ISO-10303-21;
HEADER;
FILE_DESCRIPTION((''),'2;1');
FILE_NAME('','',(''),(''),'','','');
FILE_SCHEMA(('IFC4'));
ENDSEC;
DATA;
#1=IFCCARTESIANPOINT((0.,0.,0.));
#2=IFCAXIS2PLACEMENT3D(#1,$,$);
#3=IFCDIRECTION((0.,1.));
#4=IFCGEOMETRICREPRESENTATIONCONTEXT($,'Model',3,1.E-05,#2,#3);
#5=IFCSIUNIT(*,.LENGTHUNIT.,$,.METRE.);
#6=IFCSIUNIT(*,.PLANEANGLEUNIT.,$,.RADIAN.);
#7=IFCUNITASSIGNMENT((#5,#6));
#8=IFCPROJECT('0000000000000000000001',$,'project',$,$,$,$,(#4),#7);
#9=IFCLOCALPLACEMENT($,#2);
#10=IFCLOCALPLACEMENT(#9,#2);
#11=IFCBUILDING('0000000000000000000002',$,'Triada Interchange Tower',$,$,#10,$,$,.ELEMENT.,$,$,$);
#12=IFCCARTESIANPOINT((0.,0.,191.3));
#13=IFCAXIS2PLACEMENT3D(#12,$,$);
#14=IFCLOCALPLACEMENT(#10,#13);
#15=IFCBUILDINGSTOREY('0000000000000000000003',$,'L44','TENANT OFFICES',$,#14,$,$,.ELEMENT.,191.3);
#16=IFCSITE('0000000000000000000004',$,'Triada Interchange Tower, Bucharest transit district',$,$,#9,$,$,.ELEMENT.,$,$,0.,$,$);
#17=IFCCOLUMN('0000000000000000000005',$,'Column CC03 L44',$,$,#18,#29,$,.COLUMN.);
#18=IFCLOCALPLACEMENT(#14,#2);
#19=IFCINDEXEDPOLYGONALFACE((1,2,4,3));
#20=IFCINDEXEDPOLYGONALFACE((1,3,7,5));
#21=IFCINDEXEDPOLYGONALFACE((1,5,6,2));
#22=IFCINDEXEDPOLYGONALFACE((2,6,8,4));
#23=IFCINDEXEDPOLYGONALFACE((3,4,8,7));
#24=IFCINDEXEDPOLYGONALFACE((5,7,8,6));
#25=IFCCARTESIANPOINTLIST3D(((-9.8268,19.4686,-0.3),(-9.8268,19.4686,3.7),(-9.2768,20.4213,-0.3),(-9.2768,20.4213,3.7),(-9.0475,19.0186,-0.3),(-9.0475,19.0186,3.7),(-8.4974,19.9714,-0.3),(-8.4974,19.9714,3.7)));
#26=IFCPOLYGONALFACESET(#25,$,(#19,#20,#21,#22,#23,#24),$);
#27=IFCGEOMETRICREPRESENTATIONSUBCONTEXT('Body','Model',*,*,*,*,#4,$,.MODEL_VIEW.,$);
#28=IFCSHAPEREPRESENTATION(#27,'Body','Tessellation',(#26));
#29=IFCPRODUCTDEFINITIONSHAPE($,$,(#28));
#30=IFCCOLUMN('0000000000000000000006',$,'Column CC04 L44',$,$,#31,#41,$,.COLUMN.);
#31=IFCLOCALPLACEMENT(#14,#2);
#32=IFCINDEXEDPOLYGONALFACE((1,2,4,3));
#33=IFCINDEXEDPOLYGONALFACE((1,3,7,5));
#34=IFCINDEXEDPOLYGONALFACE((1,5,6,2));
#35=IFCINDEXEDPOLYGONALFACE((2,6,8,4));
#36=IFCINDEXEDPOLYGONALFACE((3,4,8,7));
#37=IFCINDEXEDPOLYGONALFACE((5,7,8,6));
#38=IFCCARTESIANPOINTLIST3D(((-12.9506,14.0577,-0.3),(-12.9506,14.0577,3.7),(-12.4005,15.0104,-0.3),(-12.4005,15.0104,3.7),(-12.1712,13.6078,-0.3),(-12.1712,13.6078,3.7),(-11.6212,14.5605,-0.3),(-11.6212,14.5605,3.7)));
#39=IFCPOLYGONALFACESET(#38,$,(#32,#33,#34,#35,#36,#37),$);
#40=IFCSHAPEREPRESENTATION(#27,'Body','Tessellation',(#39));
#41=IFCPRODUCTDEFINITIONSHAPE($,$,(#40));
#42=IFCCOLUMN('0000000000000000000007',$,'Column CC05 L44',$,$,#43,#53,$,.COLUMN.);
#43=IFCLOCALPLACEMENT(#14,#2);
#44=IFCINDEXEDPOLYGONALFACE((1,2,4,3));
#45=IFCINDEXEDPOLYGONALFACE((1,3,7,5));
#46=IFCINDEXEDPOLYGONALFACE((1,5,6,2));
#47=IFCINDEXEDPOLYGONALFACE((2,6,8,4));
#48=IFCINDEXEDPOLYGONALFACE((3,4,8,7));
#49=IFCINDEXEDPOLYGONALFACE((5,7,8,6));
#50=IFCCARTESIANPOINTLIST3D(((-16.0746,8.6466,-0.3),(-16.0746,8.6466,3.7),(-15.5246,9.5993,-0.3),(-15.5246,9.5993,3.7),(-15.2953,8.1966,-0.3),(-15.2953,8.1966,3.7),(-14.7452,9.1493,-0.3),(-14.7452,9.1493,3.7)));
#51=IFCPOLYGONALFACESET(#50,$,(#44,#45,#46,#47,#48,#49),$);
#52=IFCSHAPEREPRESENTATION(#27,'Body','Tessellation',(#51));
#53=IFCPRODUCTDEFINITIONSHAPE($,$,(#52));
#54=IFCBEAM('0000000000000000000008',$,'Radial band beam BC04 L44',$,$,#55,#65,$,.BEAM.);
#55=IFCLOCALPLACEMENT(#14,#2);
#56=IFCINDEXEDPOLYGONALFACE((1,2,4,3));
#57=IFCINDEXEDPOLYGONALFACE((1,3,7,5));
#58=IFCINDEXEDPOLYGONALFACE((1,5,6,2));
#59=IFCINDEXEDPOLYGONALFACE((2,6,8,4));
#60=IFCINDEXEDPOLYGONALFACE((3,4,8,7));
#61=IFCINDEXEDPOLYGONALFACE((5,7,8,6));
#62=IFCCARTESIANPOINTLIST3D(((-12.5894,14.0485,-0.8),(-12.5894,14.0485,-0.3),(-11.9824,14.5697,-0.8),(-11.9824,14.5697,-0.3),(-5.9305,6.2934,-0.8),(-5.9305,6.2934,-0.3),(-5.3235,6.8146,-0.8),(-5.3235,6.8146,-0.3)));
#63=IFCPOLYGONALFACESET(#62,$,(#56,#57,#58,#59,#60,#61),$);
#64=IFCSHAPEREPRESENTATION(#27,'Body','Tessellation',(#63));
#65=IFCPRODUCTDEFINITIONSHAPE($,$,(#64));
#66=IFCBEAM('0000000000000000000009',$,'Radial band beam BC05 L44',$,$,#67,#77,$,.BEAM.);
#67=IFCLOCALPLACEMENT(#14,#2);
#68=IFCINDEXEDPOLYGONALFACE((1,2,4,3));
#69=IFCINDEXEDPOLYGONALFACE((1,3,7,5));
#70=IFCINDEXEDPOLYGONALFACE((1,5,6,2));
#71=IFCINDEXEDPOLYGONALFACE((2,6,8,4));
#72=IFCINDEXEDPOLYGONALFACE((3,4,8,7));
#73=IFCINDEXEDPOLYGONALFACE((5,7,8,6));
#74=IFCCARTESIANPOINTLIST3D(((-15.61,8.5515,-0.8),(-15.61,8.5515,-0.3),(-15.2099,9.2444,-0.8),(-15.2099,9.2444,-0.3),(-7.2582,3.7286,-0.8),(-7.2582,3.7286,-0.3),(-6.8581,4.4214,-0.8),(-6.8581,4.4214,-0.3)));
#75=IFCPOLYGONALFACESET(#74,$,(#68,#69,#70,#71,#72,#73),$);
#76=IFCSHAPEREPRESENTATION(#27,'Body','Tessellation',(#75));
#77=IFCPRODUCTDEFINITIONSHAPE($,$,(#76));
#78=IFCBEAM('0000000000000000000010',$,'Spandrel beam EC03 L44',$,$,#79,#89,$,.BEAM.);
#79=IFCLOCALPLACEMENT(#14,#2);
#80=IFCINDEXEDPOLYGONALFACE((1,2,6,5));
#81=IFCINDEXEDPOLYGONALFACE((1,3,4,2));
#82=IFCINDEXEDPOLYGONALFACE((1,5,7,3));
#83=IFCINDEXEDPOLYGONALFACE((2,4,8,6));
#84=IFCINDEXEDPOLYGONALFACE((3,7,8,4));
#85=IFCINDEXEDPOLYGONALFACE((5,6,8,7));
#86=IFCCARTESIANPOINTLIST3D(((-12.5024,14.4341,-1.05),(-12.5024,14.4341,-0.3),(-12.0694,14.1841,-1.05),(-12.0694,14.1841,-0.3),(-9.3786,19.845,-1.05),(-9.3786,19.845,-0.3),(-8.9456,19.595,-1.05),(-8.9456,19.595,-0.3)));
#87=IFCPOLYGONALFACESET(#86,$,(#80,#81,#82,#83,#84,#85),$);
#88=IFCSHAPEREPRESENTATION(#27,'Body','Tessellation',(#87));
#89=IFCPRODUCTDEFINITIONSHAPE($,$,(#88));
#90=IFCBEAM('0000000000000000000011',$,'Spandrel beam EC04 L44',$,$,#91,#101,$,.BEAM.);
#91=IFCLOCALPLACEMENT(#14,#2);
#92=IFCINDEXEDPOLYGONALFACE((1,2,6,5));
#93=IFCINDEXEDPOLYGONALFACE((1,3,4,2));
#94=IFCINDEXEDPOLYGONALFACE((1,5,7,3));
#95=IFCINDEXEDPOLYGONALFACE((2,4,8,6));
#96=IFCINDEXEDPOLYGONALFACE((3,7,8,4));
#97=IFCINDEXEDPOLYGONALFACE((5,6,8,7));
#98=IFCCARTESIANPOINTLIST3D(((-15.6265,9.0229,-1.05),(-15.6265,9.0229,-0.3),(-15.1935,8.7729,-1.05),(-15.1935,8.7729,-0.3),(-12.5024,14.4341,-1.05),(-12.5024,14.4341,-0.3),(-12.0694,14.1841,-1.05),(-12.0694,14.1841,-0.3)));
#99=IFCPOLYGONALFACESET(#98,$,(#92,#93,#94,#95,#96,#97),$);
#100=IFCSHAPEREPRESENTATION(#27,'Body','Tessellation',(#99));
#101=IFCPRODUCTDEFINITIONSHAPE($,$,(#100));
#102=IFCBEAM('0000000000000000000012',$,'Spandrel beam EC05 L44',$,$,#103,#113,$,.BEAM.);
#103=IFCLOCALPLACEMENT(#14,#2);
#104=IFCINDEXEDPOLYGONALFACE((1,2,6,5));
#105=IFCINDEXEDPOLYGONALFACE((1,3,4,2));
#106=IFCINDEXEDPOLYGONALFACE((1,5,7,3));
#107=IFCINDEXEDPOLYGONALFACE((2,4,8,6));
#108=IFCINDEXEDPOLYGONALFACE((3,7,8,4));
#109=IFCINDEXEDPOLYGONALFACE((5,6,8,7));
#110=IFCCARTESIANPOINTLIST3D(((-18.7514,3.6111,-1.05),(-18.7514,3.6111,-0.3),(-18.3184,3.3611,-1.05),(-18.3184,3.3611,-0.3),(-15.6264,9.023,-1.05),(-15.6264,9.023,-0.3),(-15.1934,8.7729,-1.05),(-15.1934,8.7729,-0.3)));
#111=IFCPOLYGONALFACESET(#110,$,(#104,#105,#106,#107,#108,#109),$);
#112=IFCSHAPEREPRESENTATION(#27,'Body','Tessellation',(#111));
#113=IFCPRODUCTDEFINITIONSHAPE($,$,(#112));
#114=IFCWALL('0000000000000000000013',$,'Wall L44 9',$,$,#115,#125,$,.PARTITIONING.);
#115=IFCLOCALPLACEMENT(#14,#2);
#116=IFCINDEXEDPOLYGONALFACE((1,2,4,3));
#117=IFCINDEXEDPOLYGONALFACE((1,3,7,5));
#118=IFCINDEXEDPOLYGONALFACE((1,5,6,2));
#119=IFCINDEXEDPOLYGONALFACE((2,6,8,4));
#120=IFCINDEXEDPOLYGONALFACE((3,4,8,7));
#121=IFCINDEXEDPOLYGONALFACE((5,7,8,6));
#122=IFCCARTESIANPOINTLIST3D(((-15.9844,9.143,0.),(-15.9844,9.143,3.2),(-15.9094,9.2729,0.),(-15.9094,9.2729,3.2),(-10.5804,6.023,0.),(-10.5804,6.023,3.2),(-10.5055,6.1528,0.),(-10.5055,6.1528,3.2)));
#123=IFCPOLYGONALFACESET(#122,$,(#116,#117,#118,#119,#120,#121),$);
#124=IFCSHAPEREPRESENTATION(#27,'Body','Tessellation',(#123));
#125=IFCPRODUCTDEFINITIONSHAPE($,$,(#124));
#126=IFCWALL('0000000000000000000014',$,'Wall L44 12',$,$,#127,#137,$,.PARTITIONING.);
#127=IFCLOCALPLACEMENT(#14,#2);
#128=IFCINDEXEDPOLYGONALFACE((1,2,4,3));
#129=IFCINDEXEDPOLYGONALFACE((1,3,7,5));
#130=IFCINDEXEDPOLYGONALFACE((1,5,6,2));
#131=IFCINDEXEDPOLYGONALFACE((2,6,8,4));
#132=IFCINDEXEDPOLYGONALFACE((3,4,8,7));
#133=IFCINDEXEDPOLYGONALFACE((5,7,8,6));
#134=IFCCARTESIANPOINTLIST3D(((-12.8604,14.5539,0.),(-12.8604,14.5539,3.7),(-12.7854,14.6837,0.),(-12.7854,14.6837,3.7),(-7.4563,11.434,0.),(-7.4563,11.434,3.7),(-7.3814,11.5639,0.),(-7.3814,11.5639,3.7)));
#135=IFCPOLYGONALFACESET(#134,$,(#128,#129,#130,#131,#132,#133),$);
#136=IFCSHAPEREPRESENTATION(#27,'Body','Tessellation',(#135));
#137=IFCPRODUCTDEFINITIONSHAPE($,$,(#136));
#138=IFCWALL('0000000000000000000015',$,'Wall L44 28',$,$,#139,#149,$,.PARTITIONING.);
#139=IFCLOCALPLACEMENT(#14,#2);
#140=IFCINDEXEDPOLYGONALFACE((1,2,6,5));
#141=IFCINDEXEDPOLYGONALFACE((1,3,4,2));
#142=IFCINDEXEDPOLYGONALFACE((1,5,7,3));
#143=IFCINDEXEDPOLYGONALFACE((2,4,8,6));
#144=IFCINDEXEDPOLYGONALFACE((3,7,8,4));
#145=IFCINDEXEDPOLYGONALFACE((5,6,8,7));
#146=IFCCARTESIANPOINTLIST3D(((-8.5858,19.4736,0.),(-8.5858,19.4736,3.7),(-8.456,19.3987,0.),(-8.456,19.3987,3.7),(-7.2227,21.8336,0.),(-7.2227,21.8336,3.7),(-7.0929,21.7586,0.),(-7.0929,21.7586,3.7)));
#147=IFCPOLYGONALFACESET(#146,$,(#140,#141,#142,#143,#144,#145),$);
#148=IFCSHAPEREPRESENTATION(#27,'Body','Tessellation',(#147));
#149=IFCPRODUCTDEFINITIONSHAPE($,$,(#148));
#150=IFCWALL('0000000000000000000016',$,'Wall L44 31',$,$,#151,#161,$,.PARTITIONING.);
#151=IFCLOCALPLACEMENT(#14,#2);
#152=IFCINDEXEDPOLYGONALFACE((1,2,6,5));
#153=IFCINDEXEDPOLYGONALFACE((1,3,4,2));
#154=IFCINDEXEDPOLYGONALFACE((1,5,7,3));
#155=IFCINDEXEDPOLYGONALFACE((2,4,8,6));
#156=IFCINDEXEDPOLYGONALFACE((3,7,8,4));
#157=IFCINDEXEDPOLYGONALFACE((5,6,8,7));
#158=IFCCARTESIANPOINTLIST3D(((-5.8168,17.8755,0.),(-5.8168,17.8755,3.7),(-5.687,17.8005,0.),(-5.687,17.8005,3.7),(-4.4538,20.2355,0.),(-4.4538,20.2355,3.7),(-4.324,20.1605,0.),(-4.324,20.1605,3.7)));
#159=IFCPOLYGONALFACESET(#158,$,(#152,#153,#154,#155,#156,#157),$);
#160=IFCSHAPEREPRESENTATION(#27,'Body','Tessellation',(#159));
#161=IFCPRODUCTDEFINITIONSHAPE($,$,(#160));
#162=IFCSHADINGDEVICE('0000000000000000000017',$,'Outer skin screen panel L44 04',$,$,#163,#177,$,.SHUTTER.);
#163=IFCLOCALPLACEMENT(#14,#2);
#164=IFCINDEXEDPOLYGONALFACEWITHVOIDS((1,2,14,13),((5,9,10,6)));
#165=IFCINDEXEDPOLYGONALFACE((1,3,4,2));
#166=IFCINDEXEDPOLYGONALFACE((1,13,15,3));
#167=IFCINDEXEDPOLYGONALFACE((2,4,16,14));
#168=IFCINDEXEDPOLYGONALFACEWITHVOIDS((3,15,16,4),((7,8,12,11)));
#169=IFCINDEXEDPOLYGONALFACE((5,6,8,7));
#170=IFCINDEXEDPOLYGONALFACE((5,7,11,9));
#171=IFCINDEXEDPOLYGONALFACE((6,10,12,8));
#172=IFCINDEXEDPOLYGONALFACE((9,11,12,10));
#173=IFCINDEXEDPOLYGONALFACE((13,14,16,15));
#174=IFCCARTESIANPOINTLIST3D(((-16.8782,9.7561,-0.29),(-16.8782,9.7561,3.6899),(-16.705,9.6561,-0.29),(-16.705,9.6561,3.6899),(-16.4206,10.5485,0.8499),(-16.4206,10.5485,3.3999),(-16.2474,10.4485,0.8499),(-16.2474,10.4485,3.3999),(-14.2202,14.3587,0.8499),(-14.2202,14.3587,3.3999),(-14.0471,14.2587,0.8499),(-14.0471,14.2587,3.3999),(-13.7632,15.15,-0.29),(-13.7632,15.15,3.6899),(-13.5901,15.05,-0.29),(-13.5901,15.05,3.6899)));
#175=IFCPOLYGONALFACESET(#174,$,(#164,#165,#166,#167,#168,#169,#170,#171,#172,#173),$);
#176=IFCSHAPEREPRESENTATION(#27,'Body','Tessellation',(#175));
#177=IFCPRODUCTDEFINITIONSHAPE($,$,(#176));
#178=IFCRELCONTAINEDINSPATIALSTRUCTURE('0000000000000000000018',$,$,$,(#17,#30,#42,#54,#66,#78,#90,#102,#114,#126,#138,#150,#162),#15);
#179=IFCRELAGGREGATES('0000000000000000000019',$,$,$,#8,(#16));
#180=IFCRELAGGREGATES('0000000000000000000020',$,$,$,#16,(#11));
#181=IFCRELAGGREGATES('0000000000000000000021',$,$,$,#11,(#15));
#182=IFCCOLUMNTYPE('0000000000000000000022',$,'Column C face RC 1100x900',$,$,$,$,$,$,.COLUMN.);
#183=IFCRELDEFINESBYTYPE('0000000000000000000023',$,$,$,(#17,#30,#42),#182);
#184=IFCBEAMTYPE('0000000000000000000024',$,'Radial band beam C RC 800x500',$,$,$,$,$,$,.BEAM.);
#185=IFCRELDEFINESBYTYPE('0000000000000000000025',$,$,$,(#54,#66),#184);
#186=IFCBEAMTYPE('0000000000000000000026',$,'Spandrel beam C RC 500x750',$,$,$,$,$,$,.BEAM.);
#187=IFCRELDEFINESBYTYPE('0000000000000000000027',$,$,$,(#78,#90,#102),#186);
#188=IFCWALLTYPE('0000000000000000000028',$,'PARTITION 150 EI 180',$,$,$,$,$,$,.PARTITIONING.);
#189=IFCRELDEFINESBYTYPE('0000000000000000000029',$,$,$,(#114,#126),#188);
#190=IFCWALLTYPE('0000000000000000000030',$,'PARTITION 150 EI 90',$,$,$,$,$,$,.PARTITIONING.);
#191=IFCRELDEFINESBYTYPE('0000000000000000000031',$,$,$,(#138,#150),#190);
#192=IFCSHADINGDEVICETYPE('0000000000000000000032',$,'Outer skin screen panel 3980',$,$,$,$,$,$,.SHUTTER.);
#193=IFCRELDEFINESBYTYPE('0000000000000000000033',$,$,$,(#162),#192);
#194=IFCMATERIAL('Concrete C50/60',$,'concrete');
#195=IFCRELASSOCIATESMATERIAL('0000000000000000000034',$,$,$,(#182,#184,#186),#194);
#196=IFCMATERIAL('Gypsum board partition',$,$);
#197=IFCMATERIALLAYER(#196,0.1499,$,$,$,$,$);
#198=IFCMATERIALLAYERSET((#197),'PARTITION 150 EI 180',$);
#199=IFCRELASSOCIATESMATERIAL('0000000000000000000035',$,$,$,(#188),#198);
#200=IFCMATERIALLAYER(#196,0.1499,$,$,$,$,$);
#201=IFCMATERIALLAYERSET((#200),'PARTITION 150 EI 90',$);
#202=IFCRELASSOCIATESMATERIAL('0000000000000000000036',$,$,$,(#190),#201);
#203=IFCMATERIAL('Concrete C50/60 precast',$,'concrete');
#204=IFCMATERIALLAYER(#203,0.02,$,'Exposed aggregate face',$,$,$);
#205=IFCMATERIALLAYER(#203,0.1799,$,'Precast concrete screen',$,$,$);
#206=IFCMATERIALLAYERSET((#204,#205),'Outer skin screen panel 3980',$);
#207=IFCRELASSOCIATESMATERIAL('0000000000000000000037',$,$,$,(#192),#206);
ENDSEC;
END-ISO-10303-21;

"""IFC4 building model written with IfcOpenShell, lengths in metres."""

from ifc_helpers import new_model, si_unit, direction, frame, frame_2d, origin, origin_2d, place, context, subcontext, project, spatial, polyline, rectangle, outline, extrude, material, layer, layer_set, material_profile, profile_set, type_object, element, save


model = new_model("IFC4")

# Units and contexts
model_context = context("Model", 3, precision=1e-05, world=origin(), true_north=direction((0.0, 1.0)))
body_context = subcontext(model_context, "Body", "Model", "MODEL_VIEW")
ifc_project = project(units=[si_unit("LENGTHUNIT", "METRE"), si_unit("PLANEANGLEUNIT", "RADIAN")], contexts=[model_context])

# Site, building, storey
site_placement = place(None, origin())
site = spatial("IfcSite", under=ifc_project, at=site_placement, Name="Triada Interchange Tower, Bucharest transit district", CompositionType="ELEMENT", RefElevation=0.0)
building_placement = place(site_placement, origin())
building = spatial("IfcBuilding", under=site, at=building_placement, Name="Triada Interchange Tower", CompositionType="ELEMENT")
storey_placement = place(building_placement, frame((0.0, 0.0, 191.3)))
storey = spatial("IfcBuildingStorey", under=building, at=storey_placement, Name="L44", Description="TENANT OFFICES", CompositionType="ELEMENT", Elevation=191.3)

# Columns
ifc_material_1 = material(Name="Concrete C50/60", Category="concrete")
ifc_material_profile_1 = material_profile(ifc_material_1, rectangle(XDim=1.1001, YDim=0.8999, at=origin_2d()), Name="RC 1100x900")
ifc_profile_set_1 = profile_set([ifc_material_profile_1], Name="Concrete C50/60")
column_type = type_object("IfcColumnType", Name="Column C face RC 1100x900", PredefinedType="COLUMN", material=ifc_profile_set_1)
for number, where, z_axis, x_axis, name in (
    (1, (-9.1621, 19.72, -0.3), (0.0, 0.0, 1.0), (0.5, 0.866025, 0.0), "Column CC03 L44"),
    (2, (-12.2859, 14.3091, -0.3), (0.0, 0.0, 1.0), (0.5, 0.866025, 0.0), "Column CC04 L44"),
    (3, (-15.4099, 8.8979, -0.3), (0.0, 0.0, 1.0), (0.5, 0.866025, 0.0), "Column CC05 L44"),
):
    element("IfcColumn", number, at=place(storey_placement, frame(where, z_axis=z_axis, x_axis=x_axis)), inside=storey, type_object=column_type, Name=name, PredefinedType="COLUMN", context=body_context, shape_type="SweptSolid", body=[
        extrude(rectangle(XDim=1.1001, YDim=0.8999, at=origin_2d()), origin(), (0.0, 0.0, 1.0), 4.0),
    ])

# Beams
ifc_material_profile_2 = material_profile(ifc_material_1, rectangle(XDim=0.8, YDim=0.5, at=origin_2d()), Name="RC 800x500")
ifc_profile_set_2 = profile_set([ifc_material_profile_2], Name="Concrete C50/60")
beam_type_1 = type_object("IfcBeamType", Name="Radial band beam C RC 800x500", PredefinedType="BEAM", material=ifc_profile_set_2)
beam_1_placement = place(storey_placement, frame((-12.2859, 14.3091, -0.55), z_axis=(0.65145, -0.758692, 0.0), x_axis=(0.758692, 0.65145, 0.0)))
element("IfcBeam", 4, at=beam_1_placement, inside=storey, type_object=beam_type_1, Name="Radial band beam BC04 L44", PredefinedType="BEAM", context=body_context, shape_type="SweptSolid", body=[
    extrude(rectangle(XDim=0.8, YDim=0.5, at=origin_2d()), origin(), (0.0, 0.0, 1.0), 10.2217),
])
beam_2_placement = place(storey_placement, frame((-15.4099, 8.8979, -0.55), z_axis=(0.865977, -0.500084, 0.0), x_axis=(0.500084, 0.865977, 0.0)))
element("IfcBeam", 5, at=beam_2_placement, inside=storey, type_object=beam_type_1, Name="Radial band beam BC05 L44", PredefinedType="BEAM", context=body_context, shape_type="SweptSolid", body=[
    extrude(rectangle(XDim=0.8, YDim=0.5, at=origin_2d()), origin(), (0.0, 0.0, 1.0), 9.6443),
])
ifc_material_profile_3 = material_profile(ifc_material_1, rectangle(XDim=0.5, YDim=0.75, at=origin_2d()), Name="RC 500x750")
ifc_profile_set_3 = profile_set([ifc_material_profile_3], Name="Concrete C50/60")
beam_type_2 = type_object("IfcBeamType", Name="Spandrel beam C RC 500x750", PredefinedType="BEAM", material=ifc_profile_set_3)
beam_3_placement = place(storey_placement, frame((-9.1621, 19.72, -0.675), z_axis=(-0.499976, -0.866039, 0.0), x_axis=(0.866039, -0.499976, 0.0)))
element("IfcBeam", 6, at=beam_3_placement, inside=storey, type_object=beam_type_2, Name="Spandrel beam EC03 L44", PredefinedType="BEAM", context=body_context, shape_type="SweptSolid", body=[
    extrude(rectangle(XDim=0.5, YDim=0.75, at=origin_2d()), origin(), (0.0, 0.0, 1.0), 6.2478),
])
beam_4_placement = place(storey_placement, frame((-12.2859, 14.3091, -0.675), z_axis=(-0.499989, -0.866032, 0.0), x_axis=(0.866032, -0.499989, 0.0)))
element("IfcBeam", 7, at=beam_4_placement, inside=storey, type_object=beam_type_2, Name="Spandrel beam EC04 L44", PredefinedType="BEAM", context=body_context, shape_type="SweptSolid", body=[
    extrude(rectangle(XDim=0.5, YDim=0.75, at=origin_2d()), origin(), (0.0, 0.0, 1.0), 6.2483),
])
beam_5_placement = place(storey_placement, frame((-15.4099, 8.8979, -0.675), z_axis=(-0.500055, -0.865994, 0.0), x_axis=(0.865994, -0.500055, 0.0)))
element("IfcBeam", 8, at=beam_5_placement, inside=storey, type_object=beam_type_2, Name="Spandrel beam EC05 L44", PredefinedType="BEAM", context=body_context, shape_type="SweptSolid", body=[
    extrude(rectangle(XDim=0.5, YDim=0.75, at=origin_2d()), origin(), (0.0, 0.0, 1.0), 6.2493),
])

# Walls
ifc_material_2 = material(Name="Gypsum board partition")
ifc_layer_1 = layer(ifc_material_2, 0.1499)
ifc_layer_set_1 = layer_set([ifc_layer_1], Name="PARTITION 150 EI 180")
wall_type_1 = type_object("IfcWallType", Name="PARTITION 150 EI 180", PredefinedType="PARTITIONING", material=ifc_layer_set_1)
wall_1_placement = place(storey_placement, frame((-15.947, 9.208, 0.0), z_axis=(0.0, 0.0, 1.0), x_axis=(0.866019, -0.50001, 0.0)))
element("IfcWall", 9, at=wall_1_placement, inside=storey, type_object=wall_type_1, Name="Wall L44 9", PredefinedType="PARTITIONING", context=body_context, shape_type="SweptSolid", body=[
    extrude(rectangle(XDim=6.24, YDim=0.1499, at=frame_2d((3.1201, 0.0))), origin(), (0.0, 0.0, 1.0), 3.2),
])
wall_2_placement = place(storey_placement, frame((-12.823, 14.6189, 0.0), z_axis=(0.0, 0.0, 1.0), x_axis=(0.866036, -0.499981, 0.0)))
element("IfcWall", 10, at=wall_2_placement, inside=storey, type_object=wall_type_1, Name="Wall L44 12", PredefinedType="PARTITIONING", context=body_context, shape_type="SweptSolid", body=[
    extrude(rectangle(XDim=6.24, YDim=0.1499, at=frame_2d((3.1201, 0.0))), origin(), (0.0, 0.0, 1.0), 3.7),
])
ifc_layer_2 = layer(ifc_material_2, 0.1499)
ifc_layer_set_2 = layer_set([ifc_layer_2], Name="PARTITION 150 EI 90")
wall_type_2 = type_object("IfcWallType", Name="PARTITION 150 EI 90", PredefinedType="PARTITIONING", material=ifc_layer_set_2)
for number, where, z_axis, x_axis, name in (
    (11, (-8.521, 19.436, 0.0), (0.0, 0.0, 1.0), (0.500157, 0.865935, 0.0), "Wall L44 28"),
    (12, (-5.752, 17.8379, 0.0), (0.0, 0.0, 1.0), (0.500118, 0.865957, 0.0), "Wall L44 31"),
):
    element("IfcWall", number, at=place(storey_placement, frame(where, z_axis=z_axis, x_axis=x_axis)), inside=storey, type_object=wall_type_2, Name=name, PredefinedType="PARTITIONING", context=body_context, shape_type="SweptSolid", body=[
        extrude(rectangle(XDim=2.7253, YDim=0.1499, at=frame_2d((1.3628, 0.0))), origin(), (0.0, 0.0, 1.0), 3.7),
    ])

# Shading device
ifc_material_3 = material(Name="Concrete C50/60 precast", Category="concrete")
ifc_layer_3 = layer(ifc_material_3, 0.02, Name="Exposed aggregate face")
ifc_layer_4 = layer(ifc_material_3, 0.1799, Name="Precast concrete screen")
ifc_layer_set_3 = layer_set([ifc_layer_3, ifc_layer_4], Name="Outer skin screen panel 3980")
shading_device_type = type_object("IfcShadingDeviceType", Name="Outer skin screen panel 3980", PredefinedType="SHUTTER", material=ifc_layer_set_3)
shading_device_1_placement = place(storey_placement, frame((-13.5901, 15.05, -0.29), z_axis=(0.0, 0.0, 1.0), x_axis=(-0.500089, -0.865974, 0.0)))
element("IfcShadingDevice", 13, at=shading_device_1_placement, inside=storey, type_object=shading_device_type, Name="Outer skin screen panel L44 04", PredefinedType="SHUTTER", context=body_context, shape_type="SweptSolid", body=[
    extrude(outline(polyline([(0.0, 0.0), (6.2288, 0.0), (6.2288, 3.98), (0.0, 3.98), (0.0, 0.0)]), holes=[polyline([(0.9138, 1.1399), (0.9138, 3.6899), (5.3137, 3.6899), (5.3137, 1.1399), (0.9138, 1.1399)])]), frame((0.0, 0.0, 0.0), z_axis=(0.0, -1.0, 0.0), x_axis=(1.0, 0.0, 0.0)), (0.0, 0.0, 1.0), 0.2),
])

save(model, "model.ifc")
